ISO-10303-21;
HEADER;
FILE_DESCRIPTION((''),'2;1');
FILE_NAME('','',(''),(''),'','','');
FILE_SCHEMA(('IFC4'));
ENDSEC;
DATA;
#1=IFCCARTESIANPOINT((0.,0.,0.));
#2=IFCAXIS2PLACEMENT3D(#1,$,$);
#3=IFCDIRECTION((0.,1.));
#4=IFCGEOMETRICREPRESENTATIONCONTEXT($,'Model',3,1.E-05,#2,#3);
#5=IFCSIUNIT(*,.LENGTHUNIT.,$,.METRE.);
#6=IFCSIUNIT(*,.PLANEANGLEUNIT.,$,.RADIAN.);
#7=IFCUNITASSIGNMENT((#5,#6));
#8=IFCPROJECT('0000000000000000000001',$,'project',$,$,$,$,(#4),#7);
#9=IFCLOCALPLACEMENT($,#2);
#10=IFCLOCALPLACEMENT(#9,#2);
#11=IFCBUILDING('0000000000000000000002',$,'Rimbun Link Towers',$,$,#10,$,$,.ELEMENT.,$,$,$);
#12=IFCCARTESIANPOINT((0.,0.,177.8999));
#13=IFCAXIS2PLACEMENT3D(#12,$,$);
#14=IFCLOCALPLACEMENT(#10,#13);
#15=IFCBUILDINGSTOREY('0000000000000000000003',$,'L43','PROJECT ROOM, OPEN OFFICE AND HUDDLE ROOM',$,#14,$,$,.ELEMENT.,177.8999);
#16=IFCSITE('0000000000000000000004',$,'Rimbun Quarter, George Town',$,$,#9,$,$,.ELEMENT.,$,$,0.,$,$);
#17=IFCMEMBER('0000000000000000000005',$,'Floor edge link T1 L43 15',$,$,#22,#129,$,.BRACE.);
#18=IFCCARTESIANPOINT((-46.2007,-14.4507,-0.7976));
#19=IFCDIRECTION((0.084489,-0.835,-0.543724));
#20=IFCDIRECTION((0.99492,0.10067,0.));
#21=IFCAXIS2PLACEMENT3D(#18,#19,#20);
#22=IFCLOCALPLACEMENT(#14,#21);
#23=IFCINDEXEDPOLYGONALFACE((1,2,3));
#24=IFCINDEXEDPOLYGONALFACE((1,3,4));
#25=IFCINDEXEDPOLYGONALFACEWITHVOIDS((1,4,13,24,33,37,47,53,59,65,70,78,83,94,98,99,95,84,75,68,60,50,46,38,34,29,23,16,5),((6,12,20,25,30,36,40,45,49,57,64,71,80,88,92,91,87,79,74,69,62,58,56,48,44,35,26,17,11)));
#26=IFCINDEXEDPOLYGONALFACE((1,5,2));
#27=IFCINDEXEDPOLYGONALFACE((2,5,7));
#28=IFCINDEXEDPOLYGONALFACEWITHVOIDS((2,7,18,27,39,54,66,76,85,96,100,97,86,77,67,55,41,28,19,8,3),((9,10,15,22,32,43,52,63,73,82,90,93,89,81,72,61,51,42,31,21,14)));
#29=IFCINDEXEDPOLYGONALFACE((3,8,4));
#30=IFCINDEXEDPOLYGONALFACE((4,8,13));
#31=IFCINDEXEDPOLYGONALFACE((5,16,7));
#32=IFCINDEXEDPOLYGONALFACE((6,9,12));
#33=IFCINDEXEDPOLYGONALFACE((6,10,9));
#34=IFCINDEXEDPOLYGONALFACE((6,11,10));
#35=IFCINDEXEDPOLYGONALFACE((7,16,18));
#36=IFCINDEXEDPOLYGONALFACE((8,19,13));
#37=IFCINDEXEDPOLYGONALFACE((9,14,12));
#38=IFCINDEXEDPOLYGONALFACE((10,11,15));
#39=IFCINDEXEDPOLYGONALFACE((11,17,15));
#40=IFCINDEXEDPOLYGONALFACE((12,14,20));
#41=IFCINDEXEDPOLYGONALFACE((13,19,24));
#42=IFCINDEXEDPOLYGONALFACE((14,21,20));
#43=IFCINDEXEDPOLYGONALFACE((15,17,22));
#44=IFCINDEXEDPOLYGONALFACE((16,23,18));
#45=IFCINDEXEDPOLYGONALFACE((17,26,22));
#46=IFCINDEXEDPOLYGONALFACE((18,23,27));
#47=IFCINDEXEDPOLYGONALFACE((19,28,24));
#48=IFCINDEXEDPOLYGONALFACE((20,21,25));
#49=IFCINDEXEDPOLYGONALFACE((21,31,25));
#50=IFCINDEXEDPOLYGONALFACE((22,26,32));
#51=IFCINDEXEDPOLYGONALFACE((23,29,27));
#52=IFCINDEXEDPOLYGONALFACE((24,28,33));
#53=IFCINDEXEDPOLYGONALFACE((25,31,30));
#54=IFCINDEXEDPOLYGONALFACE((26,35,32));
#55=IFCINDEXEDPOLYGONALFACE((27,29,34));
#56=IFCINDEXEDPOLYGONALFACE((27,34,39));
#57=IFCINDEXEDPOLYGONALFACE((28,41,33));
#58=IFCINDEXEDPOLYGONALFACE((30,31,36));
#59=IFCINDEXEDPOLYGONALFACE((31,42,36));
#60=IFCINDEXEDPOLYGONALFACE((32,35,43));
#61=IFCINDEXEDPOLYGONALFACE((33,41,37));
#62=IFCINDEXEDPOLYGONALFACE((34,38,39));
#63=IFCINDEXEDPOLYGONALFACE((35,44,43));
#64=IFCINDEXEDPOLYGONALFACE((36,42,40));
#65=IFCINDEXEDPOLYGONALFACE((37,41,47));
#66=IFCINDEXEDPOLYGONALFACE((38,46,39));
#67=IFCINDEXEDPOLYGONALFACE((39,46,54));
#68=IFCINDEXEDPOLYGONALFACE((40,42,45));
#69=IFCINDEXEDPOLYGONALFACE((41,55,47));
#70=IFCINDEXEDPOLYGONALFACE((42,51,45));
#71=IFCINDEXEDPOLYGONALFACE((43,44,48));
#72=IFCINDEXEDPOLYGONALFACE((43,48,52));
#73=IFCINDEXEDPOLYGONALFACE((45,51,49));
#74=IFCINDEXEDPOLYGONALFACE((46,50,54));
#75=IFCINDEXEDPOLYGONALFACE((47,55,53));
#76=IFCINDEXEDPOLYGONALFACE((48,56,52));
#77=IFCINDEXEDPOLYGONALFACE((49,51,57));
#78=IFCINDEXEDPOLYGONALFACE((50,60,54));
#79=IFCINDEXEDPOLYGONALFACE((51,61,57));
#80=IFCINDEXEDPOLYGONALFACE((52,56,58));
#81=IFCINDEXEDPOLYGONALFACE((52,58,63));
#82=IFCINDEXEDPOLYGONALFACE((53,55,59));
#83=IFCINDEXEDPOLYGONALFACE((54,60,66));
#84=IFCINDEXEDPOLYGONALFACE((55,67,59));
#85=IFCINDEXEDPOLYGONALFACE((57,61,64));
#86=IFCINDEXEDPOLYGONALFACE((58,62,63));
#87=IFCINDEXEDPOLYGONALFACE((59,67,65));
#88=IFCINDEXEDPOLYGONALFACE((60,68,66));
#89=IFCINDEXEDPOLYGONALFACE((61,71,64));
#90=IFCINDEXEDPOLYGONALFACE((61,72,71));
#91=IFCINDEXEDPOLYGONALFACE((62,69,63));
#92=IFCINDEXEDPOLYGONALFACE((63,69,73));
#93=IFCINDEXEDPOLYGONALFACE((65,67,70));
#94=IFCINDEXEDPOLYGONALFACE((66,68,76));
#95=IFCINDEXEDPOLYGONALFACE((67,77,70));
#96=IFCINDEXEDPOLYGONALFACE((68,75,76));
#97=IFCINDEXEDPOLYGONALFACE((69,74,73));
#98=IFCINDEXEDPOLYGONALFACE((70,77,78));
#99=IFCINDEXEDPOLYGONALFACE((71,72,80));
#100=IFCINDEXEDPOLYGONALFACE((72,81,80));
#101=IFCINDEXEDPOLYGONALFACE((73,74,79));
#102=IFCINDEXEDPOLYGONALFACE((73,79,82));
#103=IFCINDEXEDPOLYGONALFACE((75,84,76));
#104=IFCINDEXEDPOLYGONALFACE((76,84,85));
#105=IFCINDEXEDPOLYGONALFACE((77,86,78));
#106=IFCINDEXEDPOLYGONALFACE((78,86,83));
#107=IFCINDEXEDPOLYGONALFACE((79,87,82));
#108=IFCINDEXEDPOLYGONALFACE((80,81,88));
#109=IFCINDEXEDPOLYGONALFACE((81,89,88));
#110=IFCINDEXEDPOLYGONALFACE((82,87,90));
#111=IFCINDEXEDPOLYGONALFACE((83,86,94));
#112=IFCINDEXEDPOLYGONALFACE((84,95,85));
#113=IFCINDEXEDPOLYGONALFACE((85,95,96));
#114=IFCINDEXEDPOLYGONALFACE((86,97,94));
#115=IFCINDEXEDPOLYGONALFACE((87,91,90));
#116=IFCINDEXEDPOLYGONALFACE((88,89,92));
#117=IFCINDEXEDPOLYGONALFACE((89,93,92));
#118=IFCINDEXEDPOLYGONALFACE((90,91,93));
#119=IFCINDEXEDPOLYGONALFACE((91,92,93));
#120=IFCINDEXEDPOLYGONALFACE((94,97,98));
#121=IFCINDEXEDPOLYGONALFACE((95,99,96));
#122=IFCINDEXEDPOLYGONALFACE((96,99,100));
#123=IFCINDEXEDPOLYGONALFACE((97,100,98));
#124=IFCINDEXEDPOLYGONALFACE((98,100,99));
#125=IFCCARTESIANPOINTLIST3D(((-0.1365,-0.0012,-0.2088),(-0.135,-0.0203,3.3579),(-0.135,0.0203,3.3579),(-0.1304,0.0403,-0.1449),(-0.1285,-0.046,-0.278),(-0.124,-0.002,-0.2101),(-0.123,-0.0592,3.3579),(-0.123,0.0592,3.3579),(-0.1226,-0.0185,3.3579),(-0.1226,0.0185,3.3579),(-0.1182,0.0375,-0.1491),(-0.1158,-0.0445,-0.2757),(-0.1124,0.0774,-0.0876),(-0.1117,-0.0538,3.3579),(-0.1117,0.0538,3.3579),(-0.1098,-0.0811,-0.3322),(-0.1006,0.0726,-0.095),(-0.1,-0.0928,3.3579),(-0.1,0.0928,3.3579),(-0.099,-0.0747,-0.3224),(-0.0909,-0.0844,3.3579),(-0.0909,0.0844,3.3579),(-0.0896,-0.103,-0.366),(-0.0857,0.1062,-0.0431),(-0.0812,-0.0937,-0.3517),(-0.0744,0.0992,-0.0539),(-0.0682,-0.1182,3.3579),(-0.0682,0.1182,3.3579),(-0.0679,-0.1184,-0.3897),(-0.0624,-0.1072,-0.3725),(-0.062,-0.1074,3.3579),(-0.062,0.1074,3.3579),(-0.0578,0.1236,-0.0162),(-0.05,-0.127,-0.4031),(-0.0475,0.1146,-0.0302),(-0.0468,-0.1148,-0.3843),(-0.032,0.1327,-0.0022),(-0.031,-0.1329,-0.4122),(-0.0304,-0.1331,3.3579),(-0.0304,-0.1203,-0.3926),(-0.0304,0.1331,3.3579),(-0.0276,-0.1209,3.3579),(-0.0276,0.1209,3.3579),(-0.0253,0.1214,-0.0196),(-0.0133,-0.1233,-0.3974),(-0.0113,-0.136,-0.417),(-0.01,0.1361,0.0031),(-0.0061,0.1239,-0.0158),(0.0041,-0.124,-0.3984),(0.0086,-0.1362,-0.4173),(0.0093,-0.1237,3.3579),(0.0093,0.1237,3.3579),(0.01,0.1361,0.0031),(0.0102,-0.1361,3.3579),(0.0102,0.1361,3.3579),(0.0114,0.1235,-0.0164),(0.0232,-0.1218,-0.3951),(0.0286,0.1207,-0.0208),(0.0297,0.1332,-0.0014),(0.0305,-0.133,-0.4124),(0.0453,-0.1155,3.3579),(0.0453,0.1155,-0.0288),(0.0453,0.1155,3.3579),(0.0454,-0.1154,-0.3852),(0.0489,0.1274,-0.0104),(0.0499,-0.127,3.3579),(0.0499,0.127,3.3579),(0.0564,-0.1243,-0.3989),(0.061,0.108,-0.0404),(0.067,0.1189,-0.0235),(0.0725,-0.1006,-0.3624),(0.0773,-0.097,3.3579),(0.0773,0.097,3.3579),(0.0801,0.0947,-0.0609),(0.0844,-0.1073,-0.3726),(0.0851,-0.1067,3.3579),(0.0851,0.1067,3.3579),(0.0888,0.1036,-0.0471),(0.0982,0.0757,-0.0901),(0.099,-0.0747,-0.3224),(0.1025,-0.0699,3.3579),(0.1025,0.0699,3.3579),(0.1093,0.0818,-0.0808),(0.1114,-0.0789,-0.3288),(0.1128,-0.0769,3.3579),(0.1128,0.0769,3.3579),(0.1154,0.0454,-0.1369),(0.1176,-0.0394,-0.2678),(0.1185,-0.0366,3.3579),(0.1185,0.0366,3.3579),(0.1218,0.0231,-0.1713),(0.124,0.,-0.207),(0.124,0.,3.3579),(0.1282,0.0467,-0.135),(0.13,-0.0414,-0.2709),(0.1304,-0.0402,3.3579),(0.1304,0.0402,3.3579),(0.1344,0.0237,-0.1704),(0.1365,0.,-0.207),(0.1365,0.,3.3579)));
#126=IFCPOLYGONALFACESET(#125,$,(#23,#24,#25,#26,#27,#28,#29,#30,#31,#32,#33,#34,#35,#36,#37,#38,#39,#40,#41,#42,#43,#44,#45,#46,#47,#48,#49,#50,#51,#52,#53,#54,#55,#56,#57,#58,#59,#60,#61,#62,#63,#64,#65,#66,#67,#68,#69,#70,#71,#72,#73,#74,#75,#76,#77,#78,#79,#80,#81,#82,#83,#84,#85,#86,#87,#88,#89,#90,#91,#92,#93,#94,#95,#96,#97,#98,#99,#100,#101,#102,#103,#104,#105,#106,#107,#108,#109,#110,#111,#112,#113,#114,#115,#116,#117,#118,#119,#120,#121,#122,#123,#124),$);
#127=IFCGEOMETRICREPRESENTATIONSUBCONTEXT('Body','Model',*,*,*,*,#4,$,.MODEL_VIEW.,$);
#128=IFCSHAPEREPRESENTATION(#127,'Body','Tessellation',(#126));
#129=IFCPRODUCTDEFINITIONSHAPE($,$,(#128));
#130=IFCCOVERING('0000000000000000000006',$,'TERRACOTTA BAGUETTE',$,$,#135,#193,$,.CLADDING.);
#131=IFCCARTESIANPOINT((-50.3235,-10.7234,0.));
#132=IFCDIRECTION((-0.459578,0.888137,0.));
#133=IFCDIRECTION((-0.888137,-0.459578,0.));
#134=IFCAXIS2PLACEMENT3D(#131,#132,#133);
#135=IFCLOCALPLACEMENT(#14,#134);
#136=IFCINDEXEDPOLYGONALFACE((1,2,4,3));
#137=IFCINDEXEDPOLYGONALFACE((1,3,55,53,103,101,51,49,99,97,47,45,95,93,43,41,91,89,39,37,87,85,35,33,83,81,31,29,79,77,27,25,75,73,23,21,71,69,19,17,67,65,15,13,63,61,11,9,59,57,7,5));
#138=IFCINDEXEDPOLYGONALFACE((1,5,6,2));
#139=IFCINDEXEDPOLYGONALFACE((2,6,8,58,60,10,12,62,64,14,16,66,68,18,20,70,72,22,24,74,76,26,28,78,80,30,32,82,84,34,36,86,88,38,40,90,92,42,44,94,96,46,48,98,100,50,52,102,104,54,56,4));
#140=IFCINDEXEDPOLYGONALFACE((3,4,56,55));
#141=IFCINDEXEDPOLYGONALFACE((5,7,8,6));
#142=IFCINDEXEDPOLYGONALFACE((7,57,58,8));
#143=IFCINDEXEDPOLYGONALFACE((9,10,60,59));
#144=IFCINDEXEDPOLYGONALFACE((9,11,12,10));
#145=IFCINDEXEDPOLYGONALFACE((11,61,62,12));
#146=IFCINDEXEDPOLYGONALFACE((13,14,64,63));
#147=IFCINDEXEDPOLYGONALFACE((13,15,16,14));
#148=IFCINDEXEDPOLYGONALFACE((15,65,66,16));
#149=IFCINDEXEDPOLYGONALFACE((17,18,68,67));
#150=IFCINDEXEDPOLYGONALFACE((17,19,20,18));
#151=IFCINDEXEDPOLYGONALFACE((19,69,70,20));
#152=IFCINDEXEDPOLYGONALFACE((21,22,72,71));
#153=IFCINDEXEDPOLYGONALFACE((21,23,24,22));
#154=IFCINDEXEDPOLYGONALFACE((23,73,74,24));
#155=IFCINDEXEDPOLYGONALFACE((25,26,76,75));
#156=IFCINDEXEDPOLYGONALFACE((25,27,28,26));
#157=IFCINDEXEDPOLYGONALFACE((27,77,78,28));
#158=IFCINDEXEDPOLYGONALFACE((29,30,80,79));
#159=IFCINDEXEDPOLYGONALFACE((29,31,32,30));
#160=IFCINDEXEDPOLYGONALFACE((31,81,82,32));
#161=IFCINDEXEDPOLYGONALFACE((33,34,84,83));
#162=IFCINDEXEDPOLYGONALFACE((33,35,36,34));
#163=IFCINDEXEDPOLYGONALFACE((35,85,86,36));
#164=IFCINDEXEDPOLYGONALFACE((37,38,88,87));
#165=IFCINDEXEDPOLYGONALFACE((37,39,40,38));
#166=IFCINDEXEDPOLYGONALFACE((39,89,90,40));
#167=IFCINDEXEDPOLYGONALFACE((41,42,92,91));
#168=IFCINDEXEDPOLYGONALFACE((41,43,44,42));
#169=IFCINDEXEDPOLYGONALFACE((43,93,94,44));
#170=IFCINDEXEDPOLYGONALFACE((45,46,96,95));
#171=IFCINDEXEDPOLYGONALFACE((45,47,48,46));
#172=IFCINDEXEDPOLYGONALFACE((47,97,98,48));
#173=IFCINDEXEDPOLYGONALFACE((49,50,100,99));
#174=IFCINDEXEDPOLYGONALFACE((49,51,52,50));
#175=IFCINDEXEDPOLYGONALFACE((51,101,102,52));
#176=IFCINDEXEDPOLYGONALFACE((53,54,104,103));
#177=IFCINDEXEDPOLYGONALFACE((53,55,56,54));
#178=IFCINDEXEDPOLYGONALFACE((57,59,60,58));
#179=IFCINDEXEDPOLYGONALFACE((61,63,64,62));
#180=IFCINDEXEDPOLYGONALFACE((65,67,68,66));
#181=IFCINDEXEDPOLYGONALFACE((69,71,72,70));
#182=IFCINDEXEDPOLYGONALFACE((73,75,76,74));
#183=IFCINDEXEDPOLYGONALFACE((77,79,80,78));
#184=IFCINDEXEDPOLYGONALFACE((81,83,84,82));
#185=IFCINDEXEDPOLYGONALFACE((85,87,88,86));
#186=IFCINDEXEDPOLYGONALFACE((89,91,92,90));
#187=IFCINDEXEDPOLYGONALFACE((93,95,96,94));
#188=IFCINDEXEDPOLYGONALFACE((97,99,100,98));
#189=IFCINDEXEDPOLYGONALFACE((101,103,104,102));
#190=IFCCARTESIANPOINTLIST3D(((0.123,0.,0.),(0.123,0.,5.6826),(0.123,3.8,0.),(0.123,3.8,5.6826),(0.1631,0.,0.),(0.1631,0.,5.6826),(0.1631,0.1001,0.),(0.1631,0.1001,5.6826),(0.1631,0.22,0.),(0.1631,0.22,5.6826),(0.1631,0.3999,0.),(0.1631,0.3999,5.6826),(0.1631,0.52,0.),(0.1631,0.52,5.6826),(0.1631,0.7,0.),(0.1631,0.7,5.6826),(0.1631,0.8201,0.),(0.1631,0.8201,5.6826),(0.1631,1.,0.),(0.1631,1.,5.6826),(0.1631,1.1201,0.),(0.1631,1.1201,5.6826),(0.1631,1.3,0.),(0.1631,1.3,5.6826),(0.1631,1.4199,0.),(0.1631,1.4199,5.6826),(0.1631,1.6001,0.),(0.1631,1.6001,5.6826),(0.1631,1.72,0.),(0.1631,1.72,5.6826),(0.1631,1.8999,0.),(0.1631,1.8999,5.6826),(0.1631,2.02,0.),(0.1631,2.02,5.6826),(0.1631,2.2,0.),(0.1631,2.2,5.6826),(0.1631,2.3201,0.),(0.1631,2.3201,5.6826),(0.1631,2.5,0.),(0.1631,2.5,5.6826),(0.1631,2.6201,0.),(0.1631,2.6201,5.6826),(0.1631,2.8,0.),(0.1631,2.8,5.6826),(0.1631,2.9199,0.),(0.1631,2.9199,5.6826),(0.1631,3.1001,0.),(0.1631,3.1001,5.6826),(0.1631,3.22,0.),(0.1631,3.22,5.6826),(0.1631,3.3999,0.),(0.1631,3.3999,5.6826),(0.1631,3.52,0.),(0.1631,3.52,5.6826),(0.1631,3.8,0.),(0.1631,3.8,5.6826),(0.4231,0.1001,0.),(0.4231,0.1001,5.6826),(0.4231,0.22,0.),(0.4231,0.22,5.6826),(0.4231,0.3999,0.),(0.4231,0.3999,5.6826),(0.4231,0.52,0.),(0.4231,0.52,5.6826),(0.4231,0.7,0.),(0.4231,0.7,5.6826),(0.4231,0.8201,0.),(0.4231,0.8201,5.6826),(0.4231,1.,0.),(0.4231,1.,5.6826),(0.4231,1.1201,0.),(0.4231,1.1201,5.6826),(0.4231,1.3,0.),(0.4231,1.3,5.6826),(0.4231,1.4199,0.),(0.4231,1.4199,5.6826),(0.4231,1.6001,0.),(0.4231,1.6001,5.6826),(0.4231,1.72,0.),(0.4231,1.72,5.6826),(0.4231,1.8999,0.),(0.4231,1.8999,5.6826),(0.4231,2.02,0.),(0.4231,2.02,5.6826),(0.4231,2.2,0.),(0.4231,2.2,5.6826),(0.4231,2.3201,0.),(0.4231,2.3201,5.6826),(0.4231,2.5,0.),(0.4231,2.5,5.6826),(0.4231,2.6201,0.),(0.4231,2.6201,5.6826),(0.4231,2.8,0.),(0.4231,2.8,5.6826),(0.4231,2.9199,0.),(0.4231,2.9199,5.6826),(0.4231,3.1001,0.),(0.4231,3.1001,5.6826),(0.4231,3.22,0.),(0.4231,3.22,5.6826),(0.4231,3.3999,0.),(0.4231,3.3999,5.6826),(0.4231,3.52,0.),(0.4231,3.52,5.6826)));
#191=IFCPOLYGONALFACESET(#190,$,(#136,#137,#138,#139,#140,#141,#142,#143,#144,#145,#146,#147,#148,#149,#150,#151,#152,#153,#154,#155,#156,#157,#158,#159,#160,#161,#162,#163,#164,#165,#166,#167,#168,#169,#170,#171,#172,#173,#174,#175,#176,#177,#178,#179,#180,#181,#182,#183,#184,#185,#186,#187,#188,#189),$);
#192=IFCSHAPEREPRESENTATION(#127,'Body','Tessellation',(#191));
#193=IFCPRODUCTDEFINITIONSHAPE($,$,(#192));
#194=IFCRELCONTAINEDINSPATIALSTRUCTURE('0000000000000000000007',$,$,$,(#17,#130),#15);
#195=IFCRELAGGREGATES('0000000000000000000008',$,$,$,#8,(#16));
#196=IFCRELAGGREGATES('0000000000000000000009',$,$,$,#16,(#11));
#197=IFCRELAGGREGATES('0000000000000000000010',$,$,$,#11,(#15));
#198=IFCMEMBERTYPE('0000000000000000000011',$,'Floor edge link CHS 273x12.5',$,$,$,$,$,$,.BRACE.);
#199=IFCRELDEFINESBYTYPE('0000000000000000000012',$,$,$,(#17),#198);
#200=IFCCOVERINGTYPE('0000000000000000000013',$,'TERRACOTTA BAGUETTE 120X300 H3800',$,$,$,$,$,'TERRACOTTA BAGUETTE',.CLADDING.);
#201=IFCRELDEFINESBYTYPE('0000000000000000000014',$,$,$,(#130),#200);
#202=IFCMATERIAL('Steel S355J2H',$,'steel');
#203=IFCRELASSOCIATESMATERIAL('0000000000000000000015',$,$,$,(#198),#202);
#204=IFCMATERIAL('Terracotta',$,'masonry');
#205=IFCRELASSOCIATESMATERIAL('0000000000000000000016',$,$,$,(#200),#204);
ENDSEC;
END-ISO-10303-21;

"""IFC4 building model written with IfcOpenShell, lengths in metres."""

from ifc_helpers import new_model, si_unit, direction, frame, origin, origin_2d, place, context, subcontext, project, spatial, polyline, hollow_circle, outline, extrude, clip, halfspace, material, material_profile, profile_set, type_object, element, save


model = new_model("IFC4")

# Units and contexts
model_context = context("Model", 3, precision=1e-05, world=origin(), true_north=direction((0.0, 1.0)))
body_context = subcontext(model_context, "Body", "Model", "MODEL_VIEW")
ifc_project = project(units=[si_unit("LENGTHUNIT", "METRE"), si_unit("PLANEANGLEUNIT", "RADIAN")], contexts=[model_context])

# Site, building, storey
site_placement = place(None, origin())
site = spatial("IfcSite", under=ifc_project, at=site_placement, Name="Rimbun Quarter, George Town", CompositionType="ELEMENT", RefElevation=0.0)
building_placement = place(site_placement, origin())
building = spatial("IfcBuilding", under=site, at=building_placement, Name="Rimbun Link Towers", CompositionType="ELEMENT")
storey_placement = place(building_placement, frame((0.0, 0.0, 177.8999)))
storey = spatial("IfcBuildingStorey", under=building, at=storey_placement, Name="L43", Description="PROJECT ROOM, OPEN OFFICE AND HUDDLE ROOM", CompositionType="ELEMENT", Elevation=177.8999)

# Member
ifc_material_1 = material(Name="Steel S355J2H", Category="steel")
ifc_material_profile_1 = material_profile(ifc_material_1, hollow_circle(Radius=0.1365, WallThickness=0.0125, at=origin_2d()), Name="CHS 273x12.5")
ifc_profile_set_1 = profile_set([ifc_material_profile_1], Name="Steel S355J2H")
member_type_1 = type_object("IfcMemberType", Name="Floor edge link CHS 273x12.5", PredefinedType="BRACE", material=ifc_profile_set_1)
member_1_placement = place(storey_placement, frame((-46.2007, -14.4507, -0.7976), z_axis=(0.084489, -0.835, -0.543724), x_axis=(0.99492, 0.10067, 0.0)))
element("IfcMember", 1, at=member_1_placement, inside=storey, type_object=member_type_1, Name="Floor edge link T1 L43 15", PredefinedType="BRACE", context=body_context, shape_type="Clipping", body=[
    clip(extrude(hollow_circle(Radius=0.1365, WallThickness=0.0125, at=origin_2d()), frame((0.0, 0.0, -0.4397)), (0.0, 0.0, 1.0), 3.7976), halfspace(frame((0.0, 0.0, -0.207), z_axis=(0.0, 0.839264, -0.543724)), False)),
])

# Covering
ifc_material_2 = material(Name="Terracotta", Category="masonry")
ifc_material_profile_2 = material_profile(ifc_material_2, outline(polyline([(0.123, 0.0), (0.1631, 0.0), (0.1631, 0.1001), (0.4231, 0.1001), (0.4231, 0.22), (0.1631, 0.22), (0.1631, 0.3999), (0.4231, 0.3999), (0.4231, 0.52), (0.1631, 0.52), (0.1631, 0.7), (0.4231, 0.7), (0.4231, 0.8201), (0.1631, 0.8201), (0.1631, 1.0), (0.4231, 1.0), (0.4231, 1.1201), (0.1631, 1.1201), (0.1631, 1.3), (0.4231, 1.3), (0.4231, 1.4199), (0.1631, 1.4199), (0.1631, 1.6001), (0.4231, 1.6001), (0.4231, 1.72), (0.1631, 1.72), (0.1631, 1.8999), (0.4231, 1.8999), (0.4231, 2.02), (0.1631, 2.02), (0.1631, 2.2), (0.4231, 2.2), (0.4231, 2.3201), (0.1631, 2.3201), (0.1631, 2.5), (0.4231, 2.5), (0.4231, 2.6201), (0.1631, 2.6201), (0.1631, 2.8), (0.4231, 2.8), (0.4231, 2.9199), (0.1631, 2.9199), (0.1631, 3.1001), (0.4231, 3.1001), (0.4231, 3.22), (0.1631, 3.22), (0.1631, 3.3999), (0.4231, 3.3999), (0.4231, 3.52), (0.1631, 3.52), (0.1631, 3.8), (0.123, 3.8), (0.123, 0.0)])), Name="BAGUETTE 120X300")
ifc_profile_set_2 = profile_set([ifc_material_profile_2], Name="Terracotta")
covering_type = type_object("IfcCoveringType", Name="TERRACOTTA BAGUETTE 120X300 H3800", ElementType="TERRACOTTA BAGUETTE", PredefinedType="CLADDING", material=ifc_profile_set_2)
covering_1_placement = place(storey_placement, frame((-50.3235, -10.7234, 0.0), z_axis=(-0.459578, 0.888137, 0.0), x_axis=(-0.888137, -0.459578, 0.0)))
element("IfcCovering", 2, at=covering_1_placement, inside=storey, type_object=covering_type, Name="TERRACOTTA BAGUETTE", PredefinedType="CLADDING", context=body_context, shape_type="SweptSolid", body=[
    extrude(outline(polyline([(0.123, 0.0), (0.1631, 0.0), (0.1631, 0.1001), (0.4231, 0.1001), (0.4231, 0.22), (0.1631, 0.22), (0.1631, 0.3999), (0.4231, 0.3999), (0.4231, 0.52), (0.1631, 0.52), (0.1631, 0.7), (0.4231, 0.7), (0.4231, 0.8201), (0.1631, 0.8201), (0.1631, 1.0), (0.4231, 1.0), (0.4231, 1.1201), (0.1631, 1.1201), (0.1631, 1.3), (0.4231, 1.3), (0.4231, 1.4199), (0.1631, 1.4199), (0.1631, 1.6001), (0.4231, 1.6001), (0.4231, 1.72), (0.1631, 1.72), (0.1631, 1.8999), (0.4231, 1.8999), (0.4231, 2.02), (0.1631, 2.02), (0.1631, 2.2), (0.4231, 2.2), (0.4231, 2.3201), (0.1631, 2.3201), (0.1631, 2.5), (0.4231, 2.5), (0.4231, 2.6201), (0.1631, 2.6201), (0.1631, 2.8), (0.4231, 2.8), (0.4231, 2.9199), (0.1631, 2.9199), (0.1631, 3.1001), (0.4231, 3.1001), (0.4231, 3.22), (0.1631, 3.22), (0.1631, 3.3999), (0.4231, 3.3999), (0.4231, 3.52), (0.1631, 3.52), (0.1631, 3.8), (0.123, 3.8), (0.123, 0.0)])), origin(), (0.0, 0.0, 1.0), 5.6826),
])

save(model, "model.ifc")
